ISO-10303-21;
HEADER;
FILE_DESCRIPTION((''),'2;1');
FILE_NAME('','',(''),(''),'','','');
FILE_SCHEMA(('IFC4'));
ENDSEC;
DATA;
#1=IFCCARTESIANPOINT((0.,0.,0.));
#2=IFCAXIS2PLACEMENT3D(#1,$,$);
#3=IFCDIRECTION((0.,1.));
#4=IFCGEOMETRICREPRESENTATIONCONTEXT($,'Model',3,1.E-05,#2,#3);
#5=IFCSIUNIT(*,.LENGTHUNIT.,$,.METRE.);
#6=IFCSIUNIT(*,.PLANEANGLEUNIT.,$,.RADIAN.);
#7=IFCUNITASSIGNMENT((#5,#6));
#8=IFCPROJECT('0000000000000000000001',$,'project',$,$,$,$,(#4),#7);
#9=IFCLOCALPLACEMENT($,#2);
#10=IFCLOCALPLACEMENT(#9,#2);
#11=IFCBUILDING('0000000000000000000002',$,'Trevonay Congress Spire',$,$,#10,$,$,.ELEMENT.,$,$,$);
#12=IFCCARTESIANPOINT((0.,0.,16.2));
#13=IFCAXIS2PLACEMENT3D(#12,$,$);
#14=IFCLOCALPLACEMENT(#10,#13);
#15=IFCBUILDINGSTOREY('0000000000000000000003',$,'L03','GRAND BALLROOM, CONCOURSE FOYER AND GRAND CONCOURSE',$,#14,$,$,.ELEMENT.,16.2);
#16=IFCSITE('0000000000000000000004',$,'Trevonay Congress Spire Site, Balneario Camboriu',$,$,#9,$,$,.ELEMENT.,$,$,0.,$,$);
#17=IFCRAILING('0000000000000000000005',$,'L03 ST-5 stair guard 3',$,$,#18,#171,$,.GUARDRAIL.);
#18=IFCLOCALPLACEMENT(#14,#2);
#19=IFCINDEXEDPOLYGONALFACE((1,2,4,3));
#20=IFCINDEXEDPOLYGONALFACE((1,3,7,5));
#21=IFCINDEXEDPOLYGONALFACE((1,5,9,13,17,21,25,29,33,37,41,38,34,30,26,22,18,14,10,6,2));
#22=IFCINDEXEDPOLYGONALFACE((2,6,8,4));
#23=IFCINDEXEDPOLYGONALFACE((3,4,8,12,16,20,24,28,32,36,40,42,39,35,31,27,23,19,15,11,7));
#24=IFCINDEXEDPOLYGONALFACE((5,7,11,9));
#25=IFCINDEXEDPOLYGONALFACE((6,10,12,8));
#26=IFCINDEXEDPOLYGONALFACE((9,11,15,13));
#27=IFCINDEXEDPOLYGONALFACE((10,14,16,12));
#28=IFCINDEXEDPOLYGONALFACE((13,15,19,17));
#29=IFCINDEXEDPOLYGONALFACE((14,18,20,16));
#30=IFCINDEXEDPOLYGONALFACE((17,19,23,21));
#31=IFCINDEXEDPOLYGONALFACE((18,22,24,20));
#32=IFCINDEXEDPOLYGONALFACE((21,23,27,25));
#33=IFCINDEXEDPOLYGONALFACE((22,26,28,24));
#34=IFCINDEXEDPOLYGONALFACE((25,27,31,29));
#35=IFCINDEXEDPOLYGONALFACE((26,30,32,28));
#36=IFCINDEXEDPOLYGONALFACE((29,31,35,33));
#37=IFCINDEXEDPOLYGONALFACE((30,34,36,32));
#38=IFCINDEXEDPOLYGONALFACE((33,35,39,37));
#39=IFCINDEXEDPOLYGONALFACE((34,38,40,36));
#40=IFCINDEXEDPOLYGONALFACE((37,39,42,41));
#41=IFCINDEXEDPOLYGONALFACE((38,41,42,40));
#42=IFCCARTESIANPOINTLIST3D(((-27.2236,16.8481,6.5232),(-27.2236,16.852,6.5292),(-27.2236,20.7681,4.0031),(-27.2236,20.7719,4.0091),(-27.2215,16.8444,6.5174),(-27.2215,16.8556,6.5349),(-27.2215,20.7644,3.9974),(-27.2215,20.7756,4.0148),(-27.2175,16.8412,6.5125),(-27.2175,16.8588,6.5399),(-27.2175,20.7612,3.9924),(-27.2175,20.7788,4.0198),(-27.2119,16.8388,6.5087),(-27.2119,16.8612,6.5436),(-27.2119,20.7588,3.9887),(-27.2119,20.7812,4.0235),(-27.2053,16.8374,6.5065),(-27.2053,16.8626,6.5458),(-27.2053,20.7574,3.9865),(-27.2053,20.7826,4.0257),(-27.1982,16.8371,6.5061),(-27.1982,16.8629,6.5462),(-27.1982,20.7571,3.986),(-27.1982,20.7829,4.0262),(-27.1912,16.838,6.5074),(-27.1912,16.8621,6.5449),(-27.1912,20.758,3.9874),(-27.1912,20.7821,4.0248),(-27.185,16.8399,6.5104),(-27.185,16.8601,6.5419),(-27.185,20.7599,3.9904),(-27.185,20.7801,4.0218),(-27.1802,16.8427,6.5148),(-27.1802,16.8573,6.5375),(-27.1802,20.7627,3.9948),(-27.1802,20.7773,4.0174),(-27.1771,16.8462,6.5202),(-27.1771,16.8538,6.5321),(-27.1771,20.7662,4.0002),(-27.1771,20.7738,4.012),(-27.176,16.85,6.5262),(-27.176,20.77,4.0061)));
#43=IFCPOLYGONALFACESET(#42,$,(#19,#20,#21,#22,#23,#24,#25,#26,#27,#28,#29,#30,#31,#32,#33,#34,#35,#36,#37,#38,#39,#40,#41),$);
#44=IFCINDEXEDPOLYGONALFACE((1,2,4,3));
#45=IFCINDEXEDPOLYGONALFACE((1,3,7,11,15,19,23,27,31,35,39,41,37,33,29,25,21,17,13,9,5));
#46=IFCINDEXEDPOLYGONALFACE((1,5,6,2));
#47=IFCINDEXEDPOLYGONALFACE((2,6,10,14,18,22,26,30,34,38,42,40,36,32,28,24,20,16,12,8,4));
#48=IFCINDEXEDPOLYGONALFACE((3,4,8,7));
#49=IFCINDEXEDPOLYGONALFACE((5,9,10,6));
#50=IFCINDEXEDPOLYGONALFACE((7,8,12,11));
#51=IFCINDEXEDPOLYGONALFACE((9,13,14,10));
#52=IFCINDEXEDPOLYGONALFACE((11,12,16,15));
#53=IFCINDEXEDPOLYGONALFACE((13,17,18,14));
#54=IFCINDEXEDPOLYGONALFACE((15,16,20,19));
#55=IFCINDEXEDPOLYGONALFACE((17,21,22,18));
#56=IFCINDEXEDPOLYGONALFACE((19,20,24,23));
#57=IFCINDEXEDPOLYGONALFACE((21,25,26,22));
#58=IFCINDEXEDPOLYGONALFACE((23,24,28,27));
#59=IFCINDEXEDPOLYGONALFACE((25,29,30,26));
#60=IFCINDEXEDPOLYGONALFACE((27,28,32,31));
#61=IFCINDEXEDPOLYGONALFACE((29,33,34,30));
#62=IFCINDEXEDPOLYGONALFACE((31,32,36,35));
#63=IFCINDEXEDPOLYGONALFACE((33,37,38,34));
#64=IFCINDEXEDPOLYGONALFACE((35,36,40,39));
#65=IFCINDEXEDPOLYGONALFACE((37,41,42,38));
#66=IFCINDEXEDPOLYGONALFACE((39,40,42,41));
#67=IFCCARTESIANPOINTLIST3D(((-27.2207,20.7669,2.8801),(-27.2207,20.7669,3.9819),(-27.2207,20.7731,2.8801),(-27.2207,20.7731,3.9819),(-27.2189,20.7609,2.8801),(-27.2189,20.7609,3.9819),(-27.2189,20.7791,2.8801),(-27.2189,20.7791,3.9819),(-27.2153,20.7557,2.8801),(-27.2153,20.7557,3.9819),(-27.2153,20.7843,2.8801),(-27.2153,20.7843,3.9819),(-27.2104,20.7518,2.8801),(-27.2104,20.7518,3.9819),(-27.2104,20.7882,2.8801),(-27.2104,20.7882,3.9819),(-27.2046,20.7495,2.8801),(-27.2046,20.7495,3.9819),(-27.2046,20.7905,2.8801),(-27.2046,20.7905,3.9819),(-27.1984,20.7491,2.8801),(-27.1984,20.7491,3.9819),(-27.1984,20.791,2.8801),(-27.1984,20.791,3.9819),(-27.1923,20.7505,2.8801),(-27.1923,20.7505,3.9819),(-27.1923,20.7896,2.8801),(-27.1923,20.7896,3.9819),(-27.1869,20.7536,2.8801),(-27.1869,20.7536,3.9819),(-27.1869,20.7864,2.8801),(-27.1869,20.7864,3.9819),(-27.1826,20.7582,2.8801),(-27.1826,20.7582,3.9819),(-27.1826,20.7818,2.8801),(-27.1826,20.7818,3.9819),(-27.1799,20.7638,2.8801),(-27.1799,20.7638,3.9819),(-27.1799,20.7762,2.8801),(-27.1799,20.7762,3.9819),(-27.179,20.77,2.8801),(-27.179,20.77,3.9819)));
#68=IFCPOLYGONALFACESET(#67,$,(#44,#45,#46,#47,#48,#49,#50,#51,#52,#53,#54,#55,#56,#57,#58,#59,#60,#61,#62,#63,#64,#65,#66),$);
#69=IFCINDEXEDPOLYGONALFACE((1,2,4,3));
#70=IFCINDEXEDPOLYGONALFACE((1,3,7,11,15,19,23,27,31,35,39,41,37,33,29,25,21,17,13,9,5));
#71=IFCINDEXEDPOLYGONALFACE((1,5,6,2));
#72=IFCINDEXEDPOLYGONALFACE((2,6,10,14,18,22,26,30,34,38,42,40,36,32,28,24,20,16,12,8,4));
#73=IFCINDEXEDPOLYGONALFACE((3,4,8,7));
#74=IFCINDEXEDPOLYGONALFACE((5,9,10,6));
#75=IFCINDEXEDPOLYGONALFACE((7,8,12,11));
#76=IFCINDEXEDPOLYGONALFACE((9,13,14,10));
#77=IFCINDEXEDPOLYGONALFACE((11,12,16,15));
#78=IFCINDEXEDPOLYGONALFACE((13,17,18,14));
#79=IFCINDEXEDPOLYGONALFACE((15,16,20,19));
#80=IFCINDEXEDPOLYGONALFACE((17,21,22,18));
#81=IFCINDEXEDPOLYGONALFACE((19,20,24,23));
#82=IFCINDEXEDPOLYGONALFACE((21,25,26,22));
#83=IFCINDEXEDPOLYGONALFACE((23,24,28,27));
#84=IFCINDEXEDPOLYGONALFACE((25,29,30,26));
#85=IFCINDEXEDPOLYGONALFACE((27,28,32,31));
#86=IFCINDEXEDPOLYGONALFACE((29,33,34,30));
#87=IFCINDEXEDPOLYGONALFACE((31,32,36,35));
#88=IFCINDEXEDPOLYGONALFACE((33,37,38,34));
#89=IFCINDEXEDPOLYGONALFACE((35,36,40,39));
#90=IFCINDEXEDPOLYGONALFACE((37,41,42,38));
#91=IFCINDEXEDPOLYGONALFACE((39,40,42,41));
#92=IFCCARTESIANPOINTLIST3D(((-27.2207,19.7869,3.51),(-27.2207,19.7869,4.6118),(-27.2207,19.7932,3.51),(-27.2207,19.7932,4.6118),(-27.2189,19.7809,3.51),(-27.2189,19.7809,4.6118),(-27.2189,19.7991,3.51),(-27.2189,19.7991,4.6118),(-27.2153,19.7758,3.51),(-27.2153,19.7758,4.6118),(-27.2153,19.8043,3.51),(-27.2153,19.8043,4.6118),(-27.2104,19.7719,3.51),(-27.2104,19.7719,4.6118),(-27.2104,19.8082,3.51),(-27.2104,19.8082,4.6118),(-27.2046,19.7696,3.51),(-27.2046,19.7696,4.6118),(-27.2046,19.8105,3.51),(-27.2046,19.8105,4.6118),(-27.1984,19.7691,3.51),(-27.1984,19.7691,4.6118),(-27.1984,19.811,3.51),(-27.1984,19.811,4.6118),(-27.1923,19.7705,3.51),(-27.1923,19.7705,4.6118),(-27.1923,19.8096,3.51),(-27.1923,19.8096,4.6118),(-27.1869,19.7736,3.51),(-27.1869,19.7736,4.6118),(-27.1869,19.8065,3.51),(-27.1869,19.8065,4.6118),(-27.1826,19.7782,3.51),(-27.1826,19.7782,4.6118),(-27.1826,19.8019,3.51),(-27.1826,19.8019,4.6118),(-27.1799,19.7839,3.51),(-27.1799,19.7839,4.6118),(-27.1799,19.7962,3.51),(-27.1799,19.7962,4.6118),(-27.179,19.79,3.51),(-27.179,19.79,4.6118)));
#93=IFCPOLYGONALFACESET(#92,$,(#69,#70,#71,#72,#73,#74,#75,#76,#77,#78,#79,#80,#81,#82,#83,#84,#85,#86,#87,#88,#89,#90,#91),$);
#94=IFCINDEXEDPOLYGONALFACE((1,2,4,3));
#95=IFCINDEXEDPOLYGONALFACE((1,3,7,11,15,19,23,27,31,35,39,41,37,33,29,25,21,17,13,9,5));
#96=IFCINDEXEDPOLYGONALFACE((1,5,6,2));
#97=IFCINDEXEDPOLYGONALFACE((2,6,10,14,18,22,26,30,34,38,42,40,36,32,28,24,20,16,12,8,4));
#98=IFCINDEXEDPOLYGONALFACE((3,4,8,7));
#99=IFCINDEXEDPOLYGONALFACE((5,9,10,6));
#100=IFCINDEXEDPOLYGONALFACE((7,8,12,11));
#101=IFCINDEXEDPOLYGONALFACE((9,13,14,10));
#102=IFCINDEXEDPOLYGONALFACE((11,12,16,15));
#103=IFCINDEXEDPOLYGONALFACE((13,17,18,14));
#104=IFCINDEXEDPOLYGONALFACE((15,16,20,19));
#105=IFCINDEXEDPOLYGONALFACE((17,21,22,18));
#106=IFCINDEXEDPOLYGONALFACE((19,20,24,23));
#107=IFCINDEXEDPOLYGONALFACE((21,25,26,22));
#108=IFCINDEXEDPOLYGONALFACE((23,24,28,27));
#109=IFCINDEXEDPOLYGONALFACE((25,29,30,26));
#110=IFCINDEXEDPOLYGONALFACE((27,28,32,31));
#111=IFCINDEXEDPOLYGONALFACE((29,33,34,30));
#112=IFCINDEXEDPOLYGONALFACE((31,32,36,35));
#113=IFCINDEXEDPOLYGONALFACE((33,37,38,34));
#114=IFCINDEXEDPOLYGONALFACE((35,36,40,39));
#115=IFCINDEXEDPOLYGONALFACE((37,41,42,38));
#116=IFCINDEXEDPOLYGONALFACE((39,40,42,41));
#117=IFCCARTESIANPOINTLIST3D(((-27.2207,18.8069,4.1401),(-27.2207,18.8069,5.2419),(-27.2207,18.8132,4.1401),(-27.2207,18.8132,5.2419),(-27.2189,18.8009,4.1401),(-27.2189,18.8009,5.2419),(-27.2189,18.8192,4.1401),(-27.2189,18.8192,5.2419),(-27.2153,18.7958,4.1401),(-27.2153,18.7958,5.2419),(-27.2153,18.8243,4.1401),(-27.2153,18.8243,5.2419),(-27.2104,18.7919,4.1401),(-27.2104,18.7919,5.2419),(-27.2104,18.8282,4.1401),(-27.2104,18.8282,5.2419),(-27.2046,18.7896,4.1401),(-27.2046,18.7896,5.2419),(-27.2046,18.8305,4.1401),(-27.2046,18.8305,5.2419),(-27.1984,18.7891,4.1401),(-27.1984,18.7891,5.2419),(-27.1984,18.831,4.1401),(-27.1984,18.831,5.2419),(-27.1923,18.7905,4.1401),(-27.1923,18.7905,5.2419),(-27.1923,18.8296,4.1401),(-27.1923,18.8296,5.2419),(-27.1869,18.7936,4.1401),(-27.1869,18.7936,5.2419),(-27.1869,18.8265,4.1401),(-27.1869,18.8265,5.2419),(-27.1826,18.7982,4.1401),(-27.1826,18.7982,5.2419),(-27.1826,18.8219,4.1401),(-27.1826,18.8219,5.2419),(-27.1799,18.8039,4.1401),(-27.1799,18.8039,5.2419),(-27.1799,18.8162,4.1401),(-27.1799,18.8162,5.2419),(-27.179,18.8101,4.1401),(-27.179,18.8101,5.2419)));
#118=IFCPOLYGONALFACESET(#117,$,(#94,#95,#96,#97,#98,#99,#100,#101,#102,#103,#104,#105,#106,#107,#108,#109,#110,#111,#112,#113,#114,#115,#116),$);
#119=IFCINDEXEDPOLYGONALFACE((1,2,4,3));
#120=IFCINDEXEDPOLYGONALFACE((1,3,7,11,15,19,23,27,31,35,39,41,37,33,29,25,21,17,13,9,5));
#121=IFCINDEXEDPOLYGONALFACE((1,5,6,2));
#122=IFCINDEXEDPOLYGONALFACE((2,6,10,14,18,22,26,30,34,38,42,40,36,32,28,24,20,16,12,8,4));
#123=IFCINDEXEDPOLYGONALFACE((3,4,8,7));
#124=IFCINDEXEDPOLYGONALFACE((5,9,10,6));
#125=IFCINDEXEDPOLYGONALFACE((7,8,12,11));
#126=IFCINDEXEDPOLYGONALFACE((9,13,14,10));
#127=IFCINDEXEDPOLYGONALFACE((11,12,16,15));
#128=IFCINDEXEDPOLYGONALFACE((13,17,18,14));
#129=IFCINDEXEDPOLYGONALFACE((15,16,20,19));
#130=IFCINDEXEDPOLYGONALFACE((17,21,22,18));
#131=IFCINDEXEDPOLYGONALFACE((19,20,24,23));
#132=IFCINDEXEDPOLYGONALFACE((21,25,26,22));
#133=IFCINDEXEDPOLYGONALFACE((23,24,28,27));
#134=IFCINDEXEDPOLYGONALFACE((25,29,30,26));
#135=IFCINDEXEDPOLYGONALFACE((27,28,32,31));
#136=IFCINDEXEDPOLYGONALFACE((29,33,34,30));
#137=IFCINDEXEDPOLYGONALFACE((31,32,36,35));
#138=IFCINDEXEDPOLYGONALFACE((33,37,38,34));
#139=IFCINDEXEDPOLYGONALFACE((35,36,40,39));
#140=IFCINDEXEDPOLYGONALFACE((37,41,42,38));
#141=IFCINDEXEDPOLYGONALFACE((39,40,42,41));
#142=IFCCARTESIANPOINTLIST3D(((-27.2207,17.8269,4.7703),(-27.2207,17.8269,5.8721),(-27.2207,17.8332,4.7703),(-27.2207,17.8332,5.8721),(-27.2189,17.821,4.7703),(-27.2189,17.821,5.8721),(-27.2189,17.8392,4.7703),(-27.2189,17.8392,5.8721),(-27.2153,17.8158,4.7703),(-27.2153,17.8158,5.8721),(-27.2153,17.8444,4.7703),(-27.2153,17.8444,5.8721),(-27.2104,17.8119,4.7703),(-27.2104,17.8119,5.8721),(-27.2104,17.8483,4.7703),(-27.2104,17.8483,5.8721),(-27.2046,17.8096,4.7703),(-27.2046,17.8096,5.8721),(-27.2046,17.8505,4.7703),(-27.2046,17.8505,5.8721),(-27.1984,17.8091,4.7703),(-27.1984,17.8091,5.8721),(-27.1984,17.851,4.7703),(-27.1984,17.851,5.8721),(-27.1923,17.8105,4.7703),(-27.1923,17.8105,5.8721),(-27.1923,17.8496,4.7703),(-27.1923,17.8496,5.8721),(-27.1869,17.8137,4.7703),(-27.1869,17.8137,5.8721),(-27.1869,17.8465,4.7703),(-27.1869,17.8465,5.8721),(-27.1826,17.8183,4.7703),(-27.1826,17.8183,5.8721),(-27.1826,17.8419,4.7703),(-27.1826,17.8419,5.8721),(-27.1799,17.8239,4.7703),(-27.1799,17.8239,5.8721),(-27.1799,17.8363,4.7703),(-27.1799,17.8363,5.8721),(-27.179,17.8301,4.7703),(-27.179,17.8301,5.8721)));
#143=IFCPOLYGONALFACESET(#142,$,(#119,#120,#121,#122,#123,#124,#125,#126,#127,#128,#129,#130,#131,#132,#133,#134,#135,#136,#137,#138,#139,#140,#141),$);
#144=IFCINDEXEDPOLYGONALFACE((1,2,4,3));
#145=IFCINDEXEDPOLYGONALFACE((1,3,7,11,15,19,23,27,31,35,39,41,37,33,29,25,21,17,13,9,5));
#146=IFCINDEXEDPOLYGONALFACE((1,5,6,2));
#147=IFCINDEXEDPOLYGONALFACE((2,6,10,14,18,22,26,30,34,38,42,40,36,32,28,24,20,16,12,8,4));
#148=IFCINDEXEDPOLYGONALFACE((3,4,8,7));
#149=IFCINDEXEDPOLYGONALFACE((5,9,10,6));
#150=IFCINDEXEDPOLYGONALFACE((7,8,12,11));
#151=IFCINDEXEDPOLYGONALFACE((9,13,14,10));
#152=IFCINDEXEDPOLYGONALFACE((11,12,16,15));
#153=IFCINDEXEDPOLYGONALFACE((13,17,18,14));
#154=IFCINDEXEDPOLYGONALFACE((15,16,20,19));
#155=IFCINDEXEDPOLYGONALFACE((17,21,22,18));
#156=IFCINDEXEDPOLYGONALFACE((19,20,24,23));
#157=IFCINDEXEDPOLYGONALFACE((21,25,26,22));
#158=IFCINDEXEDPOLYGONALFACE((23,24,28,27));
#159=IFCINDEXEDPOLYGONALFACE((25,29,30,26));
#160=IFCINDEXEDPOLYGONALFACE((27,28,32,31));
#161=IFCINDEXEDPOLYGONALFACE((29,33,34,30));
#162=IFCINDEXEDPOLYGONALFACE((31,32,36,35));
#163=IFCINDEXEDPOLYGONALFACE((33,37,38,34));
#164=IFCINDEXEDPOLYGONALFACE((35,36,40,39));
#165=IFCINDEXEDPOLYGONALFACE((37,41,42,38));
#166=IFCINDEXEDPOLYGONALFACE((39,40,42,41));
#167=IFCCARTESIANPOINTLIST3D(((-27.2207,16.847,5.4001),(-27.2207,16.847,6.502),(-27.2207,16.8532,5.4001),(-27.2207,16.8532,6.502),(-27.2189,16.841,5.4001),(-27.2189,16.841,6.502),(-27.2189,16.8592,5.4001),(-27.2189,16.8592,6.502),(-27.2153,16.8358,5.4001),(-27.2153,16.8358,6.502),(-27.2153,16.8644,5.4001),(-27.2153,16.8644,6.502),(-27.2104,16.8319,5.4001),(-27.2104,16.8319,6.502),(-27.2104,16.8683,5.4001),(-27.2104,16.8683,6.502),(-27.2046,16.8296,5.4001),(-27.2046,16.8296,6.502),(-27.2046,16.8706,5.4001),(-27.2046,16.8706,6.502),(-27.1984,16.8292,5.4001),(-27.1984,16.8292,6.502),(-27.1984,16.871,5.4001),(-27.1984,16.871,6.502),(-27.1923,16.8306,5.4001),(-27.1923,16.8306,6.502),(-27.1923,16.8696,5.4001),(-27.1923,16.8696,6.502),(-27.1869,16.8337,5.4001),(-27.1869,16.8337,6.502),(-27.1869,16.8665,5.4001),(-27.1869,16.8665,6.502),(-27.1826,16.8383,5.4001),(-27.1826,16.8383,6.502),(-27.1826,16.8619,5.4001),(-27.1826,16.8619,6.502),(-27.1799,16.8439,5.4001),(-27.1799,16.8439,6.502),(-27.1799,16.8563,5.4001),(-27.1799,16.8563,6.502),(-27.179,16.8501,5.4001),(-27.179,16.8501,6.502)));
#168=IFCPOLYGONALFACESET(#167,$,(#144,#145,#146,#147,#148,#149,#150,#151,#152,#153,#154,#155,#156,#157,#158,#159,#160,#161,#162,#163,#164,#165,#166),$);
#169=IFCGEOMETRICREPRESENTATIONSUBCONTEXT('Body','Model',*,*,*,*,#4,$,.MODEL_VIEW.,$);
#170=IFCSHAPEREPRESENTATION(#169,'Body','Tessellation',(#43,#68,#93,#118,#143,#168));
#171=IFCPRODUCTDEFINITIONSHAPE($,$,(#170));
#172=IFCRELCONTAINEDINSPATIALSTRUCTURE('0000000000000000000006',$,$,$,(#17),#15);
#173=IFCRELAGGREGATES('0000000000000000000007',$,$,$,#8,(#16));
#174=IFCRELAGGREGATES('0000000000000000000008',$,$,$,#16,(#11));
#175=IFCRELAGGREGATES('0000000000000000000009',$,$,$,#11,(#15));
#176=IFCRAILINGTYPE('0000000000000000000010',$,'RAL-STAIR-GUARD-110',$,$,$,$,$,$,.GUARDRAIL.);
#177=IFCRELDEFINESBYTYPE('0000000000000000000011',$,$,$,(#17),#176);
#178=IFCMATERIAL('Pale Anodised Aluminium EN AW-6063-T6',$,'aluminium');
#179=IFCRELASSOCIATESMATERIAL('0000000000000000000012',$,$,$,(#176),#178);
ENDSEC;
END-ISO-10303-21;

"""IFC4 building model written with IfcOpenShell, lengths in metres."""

from ifc_helpers import new_model, si_unit, direction, frame, origin, origin_2d, place, context, subcontext, project, spatial, circle, extrude, material, type_object, element, save


model = new_model("IFC4")

# Units and contexts
model_context = context("Model", 3, precision=1e-05, world=origin(), true_north=direction((0.0, 1.0)))
body_context = subcontext(model_context, "Body", "Model", "MODEL_VIEW")
ifc_project = project(units=[si_unit("LENGTHUNIT", "METRE"), si_unit("PLANEANGLEUNIT", "RADIAN")], contexts=[model_context])

# Site, building, storey
site_placement = place(None, origin())
site = spatial("IfcSite", under=ifc_project, at=site_placement, Name="Trevonay Congress Spire Site, Balneario Camboriu", CompositionType="ELEMENT", RefElevation=0.0)
building_placement = place(site_placement, origin())
building = spatial("IfcBuilding", under=site, at=building_placement, Name="Trevonay Congress Spire", CompositionType="ELEMENT")
storey_placement = place(building_placement, frame((0.0, 0.0, 16.2)))
storey = spatial("IfcBuildingStorey", under=building, at=storey_placement, Name="L03", Description="GRAND BALLROOM, CONCOURSE FOYER AND GRAND CONCOURSE", CompositionType="ELEMENT", Elevation=16.2)

# Shared definitions
ifc_material_1 = material(Name="Pale Anodised Aluminium EN AW-6063-T6", Category="aluminium")

# Railing
railing_type_1 = type_object("IfcRailingType", Name="RAL-STAIR-GUARD-110", PredefinedType="GUARDRAIL", material=ifc_material_1)
railing_1_placement = place(storey_placement, frame((-27.2, 20.77, 2.8801)))
element("IfcRailing", 1, at=railing_1_placement, inside=storey, type_object=railing_type_1, Name="L03 ST-5 stair guard 3", PredefinedType="GUARDRAIL", context=body_context, shape_type="SweptSolid", body=[
    extrude(circle(Radius=0.0239, at=origin_2d()), frame((0.0, 0.0, 1.126), z_axis=(0.0, -0.841172, 0.540768), x_axis=(1.0, 0.0, 0.0)), (0.0, 0.0, 1.0), 4.6602),
    extrude(circle(Radius=0.021, at=origin_2d()), origin(), (0.0, 0.0, 1.0), 1.1018),
    extrude(circle(Radius=0.021, at=origin_2d()), frame((0.0, -0.98, 0.6299)), (0.0, 0.0, 1.0), 1.1018),
    extrude(circle(Radius=0.021, at=origin_2d()), frame((0.0, -1.96, 1.26)), (0.0, 0.0, 1.0), 1.1018),
    extrude(circle(Radius=0.021, at=origin_2d()), frame((0.0, -2.9399, 1.8901)), (0.0, 0.0, 1.0), 1.1018),
    extrude(circle(Radius=0.021, at=origin_2d()), frame((0.0, -3.9199, 2.52)), (0.0, 0.0, 1.0), 1.1018),
])

save(model, "model.ifc")
